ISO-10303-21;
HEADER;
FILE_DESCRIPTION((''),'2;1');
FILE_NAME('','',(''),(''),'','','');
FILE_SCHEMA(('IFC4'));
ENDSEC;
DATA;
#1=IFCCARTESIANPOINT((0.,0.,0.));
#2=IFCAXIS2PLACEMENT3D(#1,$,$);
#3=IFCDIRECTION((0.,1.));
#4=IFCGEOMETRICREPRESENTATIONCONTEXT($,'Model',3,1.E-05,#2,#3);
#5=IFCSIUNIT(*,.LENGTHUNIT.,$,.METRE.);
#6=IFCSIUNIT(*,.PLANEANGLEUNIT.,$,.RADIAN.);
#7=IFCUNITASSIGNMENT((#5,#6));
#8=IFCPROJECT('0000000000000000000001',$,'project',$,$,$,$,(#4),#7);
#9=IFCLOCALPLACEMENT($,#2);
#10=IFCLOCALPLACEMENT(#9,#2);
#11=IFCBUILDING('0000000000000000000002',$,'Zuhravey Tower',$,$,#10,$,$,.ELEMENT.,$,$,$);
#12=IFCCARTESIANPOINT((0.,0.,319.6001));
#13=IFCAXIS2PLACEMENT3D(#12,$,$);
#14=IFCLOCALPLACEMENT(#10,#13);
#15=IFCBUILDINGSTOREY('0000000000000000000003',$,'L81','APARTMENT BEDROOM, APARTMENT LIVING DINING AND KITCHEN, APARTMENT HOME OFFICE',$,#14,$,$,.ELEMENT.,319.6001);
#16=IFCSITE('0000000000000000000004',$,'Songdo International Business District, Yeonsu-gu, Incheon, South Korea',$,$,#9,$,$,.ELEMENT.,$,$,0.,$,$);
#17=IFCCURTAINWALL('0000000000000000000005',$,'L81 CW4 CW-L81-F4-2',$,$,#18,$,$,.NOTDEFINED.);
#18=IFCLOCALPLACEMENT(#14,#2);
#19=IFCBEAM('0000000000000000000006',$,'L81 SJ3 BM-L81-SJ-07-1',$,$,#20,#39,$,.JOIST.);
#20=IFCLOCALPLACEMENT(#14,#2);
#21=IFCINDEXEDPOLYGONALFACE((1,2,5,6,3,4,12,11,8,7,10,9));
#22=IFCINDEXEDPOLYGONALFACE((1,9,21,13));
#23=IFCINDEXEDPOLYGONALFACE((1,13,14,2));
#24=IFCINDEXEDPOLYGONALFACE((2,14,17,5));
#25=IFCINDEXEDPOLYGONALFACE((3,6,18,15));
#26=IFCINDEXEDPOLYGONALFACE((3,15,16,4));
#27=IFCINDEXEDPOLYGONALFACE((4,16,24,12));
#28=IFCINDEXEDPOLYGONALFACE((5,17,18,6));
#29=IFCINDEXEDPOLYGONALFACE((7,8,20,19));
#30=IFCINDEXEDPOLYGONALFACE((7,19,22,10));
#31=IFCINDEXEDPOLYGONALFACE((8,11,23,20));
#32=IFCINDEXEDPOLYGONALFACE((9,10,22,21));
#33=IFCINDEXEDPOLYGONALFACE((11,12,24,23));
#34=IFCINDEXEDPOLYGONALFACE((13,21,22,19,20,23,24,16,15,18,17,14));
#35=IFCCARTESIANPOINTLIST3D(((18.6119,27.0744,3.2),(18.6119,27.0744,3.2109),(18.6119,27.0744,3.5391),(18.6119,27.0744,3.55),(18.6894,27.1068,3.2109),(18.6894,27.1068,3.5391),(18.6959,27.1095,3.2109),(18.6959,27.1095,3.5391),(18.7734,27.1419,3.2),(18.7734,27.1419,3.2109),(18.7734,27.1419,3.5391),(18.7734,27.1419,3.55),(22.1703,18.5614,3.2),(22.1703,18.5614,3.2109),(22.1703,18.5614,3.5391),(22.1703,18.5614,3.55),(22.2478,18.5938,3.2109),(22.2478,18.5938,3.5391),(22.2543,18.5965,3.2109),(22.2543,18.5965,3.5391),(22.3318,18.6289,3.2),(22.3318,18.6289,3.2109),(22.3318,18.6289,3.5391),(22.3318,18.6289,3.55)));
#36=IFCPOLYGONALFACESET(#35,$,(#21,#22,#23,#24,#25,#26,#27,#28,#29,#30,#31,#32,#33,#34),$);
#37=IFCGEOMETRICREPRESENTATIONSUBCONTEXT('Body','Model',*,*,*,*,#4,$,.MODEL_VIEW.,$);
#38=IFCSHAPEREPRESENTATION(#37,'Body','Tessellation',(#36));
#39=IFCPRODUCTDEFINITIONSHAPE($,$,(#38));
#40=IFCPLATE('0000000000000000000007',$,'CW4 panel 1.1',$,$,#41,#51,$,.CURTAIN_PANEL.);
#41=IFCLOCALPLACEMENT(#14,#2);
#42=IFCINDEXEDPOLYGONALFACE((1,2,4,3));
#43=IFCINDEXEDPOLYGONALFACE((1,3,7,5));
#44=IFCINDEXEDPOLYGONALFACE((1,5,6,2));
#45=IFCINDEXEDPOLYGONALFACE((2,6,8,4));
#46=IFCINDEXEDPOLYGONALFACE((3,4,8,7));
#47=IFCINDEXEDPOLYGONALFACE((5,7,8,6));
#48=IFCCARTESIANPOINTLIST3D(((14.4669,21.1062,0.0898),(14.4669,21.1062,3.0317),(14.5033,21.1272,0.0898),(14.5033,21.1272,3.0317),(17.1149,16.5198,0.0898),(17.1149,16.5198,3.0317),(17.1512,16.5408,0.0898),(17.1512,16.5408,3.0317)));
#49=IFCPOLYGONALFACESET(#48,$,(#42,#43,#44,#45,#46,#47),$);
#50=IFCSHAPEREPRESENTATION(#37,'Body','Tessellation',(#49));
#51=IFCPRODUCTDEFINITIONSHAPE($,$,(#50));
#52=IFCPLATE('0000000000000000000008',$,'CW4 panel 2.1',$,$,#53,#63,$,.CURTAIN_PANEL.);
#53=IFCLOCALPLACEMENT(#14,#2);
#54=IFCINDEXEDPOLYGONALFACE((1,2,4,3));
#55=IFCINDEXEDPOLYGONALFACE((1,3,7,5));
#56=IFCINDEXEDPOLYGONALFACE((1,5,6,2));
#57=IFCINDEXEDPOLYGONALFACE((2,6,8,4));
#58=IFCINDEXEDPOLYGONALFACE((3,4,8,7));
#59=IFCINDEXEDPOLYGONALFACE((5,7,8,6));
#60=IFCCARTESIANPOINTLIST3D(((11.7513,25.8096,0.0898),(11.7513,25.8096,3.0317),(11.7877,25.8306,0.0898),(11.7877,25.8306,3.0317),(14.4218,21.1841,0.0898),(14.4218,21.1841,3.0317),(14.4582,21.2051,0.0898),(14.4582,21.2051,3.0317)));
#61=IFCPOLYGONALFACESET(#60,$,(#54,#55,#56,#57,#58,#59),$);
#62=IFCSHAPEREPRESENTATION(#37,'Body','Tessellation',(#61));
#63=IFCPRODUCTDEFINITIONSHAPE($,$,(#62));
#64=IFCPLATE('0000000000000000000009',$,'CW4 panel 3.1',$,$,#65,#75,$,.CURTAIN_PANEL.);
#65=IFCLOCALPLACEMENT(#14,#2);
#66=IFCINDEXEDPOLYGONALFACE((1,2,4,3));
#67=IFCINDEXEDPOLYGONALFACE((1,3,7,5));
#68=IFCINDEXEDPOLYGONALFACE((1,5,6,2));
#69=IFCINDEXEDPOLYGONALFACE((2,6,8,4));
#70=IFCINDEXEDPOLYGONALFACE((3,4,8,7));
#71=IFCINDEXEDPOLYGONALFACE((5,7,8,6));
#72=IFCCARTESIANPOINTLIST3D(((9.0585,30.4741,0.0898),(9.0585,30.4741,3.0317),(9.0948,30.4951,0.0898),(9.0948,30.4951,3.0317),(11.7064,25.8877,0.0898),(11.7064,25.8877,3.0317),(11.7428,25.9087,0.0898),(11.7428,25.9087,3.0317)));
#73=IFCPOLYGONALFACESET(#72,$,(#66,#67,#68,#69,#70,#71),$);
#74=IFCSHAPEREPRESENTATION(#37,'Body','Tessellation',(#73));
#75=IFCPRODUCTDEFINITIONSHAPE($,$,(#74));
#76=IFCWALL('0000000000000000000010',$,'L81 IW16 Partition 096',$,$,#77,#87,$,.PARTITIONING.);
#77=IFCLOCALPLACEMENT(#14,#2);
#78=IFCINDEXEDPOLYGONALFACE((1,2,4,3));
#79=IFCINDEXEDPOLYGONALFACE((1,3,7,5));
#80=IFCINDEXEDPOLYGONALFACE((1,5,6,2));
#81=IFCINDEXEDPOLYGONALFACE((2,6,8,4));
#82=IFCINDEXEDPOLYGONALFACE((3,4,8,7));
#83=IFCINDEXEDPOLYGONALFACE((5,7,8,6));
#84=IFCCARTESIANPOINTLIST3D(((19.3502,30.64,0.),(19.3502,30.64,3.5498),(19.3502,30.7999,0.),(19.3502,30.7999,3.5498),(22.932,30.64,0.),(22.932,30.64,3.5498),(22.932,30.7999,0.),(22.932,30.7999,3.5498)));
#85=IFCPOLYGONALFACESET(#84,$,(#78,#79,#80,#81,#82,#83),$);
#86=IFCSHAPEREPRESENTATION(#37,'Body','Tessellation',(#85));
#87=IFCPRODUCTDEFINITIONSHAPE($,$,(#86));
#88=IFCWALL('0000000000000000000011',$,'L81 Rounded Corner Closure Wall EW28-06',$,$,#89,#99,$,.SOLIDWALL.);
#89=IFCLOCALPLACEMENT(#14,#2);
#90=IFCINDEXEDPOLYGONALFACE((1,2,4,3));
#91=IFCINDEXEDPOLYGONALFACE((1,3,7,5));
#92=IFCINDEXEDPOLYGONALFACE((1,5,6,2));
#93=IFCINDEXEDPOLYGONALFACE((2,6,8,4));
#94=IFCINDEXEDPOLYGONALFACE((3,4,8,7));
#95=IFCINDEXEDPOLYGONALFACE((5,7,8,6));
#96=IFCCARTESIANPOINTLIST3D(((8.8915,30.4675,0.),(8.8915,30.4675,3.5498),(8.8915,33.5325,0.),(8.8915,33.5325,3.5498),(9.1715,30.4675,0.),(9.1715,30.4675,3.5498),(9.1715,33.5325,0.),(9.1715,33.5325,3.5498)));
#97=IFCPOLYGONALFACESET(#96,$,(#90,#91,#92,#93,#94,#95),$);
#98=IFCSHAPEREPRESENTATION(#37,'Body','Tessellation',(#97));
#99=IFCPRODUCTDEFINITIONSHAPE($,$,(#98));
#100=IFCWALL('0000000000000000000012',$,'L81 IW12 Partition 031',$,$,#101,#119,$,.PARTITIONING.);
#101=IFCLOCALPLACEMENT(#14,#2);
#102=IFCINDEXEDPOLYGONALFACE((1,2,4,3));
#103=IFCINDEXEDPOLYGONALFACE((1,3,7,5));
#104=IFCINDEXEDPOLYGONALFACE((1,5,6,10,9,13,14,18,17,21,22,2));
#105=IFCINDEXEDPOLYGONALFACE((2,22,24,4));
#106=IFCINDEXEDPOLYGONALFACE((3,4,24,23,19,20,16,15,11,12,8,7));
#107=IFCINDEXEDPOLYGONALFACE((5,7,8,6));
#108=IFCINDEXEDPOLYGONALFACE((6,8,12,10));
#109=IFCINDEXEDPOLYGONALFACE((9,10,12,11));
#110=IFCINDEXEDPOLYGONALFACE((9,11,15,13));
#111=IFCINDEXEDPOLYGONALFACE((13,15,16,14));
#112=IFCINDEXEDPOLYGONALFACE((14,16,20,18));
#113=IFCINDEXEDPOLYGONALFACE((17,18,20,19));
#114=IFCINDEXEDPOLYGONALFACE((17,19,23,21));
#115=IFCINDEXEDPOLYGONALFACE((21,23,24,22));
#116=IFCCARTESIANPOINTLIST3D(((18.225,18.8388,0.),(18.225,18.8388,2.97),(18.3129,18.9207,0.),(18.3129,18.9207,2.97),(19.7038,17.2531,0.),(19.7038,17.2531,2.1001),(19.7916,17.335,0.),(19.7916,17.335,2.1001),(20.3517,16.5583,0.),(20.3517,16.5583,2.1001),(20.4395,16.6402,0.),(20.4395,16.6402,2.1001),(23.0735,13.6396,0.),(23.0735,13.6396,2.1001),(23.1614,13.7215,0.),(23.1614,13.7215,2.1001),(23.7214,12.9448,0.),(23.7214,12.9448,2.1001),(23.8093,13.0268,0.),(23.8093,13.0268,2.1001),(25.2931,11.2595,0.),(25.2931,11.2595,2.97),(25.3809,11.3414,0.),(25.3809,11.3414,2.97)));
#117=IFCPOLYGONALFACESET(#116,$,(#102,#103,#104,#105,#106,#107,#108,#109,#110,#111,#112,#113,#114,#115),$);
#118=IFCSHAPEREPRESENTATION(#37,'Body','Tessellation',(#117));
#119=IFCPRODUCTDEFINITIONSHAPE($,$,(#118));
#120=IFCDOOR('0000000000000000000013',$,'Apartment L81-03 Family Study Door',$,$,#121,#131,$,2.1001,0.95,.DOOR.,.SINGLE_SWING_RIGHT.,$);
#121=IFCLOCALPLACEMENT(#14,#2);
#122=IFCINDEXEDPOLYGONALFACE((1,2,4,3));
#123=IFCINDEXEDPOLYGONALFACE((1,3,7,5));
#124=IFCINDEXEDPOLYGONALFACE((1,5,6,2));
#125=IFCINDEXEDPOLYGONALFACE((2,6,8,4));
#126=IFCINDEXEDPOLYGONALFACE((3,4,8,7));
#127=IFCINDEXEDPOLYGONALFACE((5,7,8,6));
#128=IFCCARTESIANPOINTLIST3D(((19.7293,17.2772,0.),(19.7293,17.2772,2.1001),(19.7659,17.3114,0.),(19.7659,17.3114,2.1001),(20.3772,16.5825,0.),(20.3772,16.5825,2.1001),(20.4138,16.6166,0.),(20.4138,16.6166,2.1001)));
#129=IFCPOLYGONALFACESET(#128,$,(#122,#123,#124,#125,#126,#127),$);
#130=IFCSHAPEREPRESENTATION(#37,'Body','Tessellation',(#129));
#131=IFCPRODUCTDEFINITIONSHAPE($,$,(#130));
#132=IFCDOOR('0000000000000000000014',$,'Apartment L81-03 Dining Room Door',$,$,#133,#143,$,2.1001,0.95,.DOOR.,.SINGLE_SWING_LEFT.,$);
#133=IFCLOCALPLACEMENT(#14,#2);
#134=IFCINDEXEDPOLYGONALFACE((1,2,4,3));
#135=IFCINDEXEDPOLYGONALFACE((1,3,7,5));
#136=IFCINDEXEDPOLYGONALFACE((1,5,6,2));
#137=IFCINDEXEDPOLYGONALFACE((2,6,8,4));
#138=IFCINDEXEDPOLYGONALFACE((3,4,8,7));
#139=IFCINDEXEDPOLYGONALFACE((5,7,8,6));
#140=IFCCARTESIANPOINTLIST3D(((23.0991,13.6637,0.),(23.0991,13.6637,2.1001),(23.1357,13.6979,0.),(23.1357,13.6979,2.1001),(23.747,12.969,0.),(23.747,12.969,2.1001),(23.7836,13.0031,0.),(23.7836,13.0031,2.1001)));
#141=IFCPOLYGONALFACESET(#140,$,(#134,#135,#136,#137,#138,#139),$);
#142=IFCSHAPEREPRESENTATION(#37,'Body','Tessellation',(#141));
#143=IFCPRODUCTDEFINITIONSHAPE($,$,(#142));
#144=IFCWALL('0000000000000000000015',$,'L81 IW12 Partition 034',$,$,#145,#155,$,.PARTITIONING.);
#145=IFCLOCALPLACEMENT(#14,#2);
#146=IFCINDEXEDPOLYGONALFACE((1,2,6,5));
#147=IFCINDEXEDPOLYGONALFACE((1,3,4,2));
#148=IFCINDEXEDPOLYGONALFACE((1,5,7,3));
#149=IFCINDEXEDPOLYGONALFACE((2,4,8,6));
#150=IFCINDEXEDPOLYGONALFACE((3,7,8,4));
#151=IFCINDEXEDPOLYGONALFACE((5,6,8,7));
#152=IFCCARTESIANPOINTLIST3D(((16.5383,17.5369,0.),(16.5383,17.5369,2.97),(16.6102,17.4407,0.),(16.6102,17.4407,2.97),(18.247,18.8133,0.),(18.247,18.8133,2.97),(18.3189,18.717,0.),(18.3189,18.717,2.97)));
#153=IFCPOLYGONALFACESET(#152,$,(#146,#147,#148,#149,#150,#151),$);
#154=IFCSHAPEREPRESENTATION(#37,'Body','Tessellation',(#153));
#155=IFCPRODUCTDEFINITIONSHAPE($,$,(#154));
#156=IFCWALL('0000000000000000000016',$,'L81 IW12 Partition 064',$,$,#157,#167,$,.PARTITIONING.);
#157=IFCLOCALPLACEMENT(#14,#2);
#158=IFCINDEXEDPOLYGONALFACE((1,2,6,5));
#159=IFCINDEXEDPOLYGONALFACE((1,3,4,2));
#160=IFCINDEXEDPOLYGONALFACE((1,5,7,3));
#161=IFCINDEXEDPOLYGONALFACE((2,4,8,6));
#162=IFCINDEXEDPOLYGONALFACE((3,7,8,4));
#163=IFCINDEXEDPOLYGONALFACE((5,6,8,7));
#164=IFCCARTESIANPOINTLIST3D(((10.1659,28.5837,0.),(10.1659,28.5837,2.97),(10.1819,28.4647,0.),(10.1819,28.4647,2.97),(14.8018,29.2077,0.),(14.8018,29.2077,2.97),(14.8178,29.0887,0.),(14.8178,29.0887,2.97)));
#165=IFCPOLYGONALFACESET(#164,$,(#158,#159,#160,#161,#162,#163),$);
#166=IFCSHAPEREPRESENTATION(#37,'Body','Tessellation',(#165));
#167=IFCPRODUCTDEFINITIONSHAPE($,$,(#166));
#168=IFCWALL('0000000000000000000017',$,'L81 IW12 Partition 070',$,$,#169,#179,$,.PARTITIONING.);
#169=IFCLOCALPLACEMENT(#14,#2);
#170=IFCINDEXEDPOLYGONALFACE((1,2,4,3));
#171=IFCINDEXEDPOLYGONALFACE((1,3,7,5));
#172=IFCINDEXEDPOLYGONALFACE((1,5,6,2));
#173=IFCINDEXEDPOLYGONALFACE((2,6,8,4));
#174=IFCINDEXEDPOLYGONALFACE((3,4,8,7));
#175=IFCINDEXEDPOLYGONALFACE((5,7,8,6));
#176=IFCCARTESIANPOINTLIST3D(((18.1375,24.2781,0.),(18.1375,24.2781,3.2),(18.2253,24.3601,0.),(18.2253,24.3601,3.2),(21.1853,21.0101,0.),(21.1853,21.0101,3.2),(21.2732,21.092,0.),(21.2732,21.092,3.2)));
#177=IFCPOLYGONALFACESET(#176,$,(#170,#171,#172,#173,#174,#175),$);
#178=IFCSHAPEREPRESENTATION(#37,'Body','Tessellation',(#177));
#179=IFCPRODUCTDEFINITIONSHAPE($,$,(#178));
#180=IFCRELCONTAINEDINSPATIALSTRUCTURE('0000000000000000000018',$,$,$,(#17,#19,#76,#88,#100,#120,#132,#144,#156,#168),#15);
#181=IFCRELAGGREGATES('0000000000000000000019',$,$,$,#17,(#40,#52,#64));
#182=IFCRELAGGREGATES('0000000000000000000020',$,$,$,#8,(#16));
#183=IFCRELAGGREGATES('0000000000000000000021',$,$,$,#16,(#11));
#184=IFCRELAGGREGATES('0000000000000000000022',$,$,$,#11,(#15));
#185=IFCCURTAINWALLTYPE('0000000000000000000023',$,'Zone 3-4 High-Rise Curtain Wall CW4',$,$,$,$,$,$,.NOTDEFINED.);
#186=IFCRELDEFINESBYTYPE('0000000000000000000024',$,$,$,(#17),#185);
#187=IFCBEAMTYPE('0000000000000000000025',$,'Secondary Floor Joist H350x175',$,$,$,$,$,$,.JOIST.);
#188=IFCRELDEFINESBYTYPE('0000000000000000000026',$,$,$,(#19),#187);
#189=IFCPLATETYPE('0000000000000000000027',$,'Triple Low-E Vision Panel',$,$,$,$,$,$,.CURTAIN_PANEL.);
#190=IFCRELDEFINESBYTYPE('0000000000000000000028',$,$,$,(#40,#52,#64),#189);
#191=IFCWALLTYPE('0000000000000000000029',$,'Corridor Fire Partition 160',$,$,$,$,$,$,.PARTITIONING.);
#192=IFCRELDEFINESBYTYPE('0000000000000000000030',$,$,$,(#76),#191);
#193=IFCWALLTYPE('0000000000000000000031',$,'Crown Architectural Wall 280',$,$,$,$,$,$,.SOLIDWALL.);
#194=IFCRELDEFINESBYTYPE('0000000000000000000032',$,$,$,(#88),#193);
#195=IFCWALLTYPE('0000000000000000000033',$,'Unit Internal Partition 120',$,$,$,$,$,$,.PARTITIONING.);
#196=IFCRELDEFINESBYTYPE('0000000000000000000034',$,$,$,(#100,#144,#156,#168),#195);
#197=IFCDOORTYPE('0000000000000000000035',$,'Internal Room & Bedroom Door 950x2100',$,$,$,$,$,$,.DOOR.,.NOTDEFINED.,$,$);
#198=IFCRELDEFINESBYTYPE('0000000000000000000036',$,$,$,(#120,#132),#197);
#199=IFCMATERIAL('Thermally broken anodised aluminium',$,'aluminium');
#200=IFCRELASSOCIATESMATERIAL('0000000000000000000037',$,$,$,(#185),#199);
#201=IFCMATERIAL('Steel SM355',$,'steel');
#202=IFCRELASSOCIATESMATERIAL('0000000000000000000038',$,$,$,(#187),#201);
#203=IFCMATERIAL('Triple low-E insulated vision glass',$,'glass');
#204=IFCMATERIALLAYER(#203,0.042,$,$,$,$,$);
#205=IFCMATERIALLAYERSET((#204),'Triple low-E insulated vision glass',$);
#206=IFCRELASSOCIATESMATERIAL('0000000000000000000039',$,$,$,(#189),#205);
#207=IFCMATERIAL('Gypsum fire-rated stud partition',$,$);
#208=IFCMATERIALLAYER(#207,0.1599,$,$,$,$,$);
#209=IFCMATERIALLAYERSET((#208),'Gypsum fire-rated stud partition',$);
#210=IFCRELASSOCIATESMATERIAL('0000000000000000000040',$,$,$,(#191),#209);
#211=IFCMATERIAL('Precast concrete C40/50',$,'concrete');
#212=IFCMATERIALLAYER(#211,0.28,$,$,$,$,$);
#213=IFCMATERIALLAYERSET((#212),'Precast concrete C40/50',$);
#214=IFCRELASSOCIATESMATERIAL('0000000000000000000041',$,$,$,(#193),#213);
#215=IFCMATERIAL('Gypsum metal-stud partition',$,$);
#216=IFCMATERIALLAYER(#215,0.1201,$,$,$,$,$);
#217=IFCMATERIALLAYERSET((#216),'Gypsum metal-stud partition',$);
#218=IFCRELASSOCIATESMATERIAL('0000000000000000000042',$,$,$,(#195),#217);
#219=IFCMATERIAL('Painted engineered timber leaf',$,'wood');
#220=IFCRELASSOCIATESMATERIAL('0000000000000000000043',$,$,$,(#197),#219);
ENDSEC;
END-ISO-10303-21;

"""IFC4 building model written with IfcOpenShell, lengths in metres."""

from ifc_helpers import new_model, si_unit, direction, frame, frame_2d, origin, origin_2d, place, context, subcontext, project, spatial, rectangle, i_section, extrude, material, layer, layer_set, material_profile, profile_set, type_object, element, fill, aggregate, save


model = new_model("IFC4")

# Units and contexts
model_context = context("Model", 3, precision=1e-05, world=origin(), true_north=direction((0.0, 1.0)))
body_context = subcontext(model_context, "Body", "Model", "MODEL_VIEW")
ifc_project = project(units=[si_unit("LENGTHUNIT", "METRE"), si_unit("PLANEANGLEUNIT", "RADIAN")], contexts=[model_context])

# Site, building, storey
site_placement = place(None, origin())
site = spatial("IfcSite", under=ifc_project, at=site_placement, Name="Songdo International Business District, Yeonsu-gu, Incheon, South Korea", CompositionType="ELEMENT", RefElevation=0.0)
building_placement = place(site_placement, origin())
building = spatial("IfcBuilding", under=site, at=building_placement, Name="Zuhravey Tower", CompositionType="ELEMENT")
storey_placement = place(building_placement, frame((0.0, 0.0, 319.6001)))
storey = spatial("IfcBuildingStorey", under=building, at=storey_placement, Name="L81", Description="APARTMENT BEDROOM, APARTMENT LIVING DINING AND KITCHEN, APARTMENT HOME OFFICE", CompositionType="ELEMENT", Elevation=319.6001)

# Curtain wall
ifc_material_1 = material(Name="Thermally broken anodised aluminium", Category="aluminium")
curtain_wall_type = type_object("IfcCurtainWallType", Name="Zone 3-4 High-Rise Curtain Wall CW4", PredefinedType="NOTDEFINED", material=ifc_material_1)
curtain_wall_placement = place(storey_placement, origin())
curtain_wall = element("IfcCurtainWall", 1, at=curtain_wall_placement, inside=storey, type_object=curtain_wall_type, Name="L81 CW4 CW-L81-F4-2", PredefinedType="NOTDEFINED")

# Beam
ifc_material_2 = material(Name="Steel SM355", Category="steel")
ifc_material_profile_1 = material_profile(ifc_material_2, i_section(OverallWidth=0.175, OverallDepth=0.3501, WebThickness=0.0071, FlangeThickness=0.011, at=origin_2d()), Name="H-350x175x7x11")
ifc_profile_set_1 = profile_set([ifc_material_profile_1], Name="Steel SM355")
beam_type_1 = type_object("IfcBeamType", Name="Secondary Floor Joist H350x175", PredefinedType="JOIST", material=ifc_profile_set_1)
beam_1_placement = place(storey_placement, frame((18.6926, 27.1082, 3.375), z_axis=(0.385658, -0.922642, 0.0), x_axis=(0.922642, 0.385658, 0.0)))
element("IfcBeam", 2, at=beam_1_placement, inside=storey, type_object=beam_type_1, Name="L81 SJ3 BM-L81-SJ-07-1", PredefinedType="JOIST", context=body_context, shape_type="SweptSolid", body=[
    extrude(i_section(OverallWidth=0.175, OverallDepth=0.3501, WebThickness=0.0071, FlangeThickness=0.011, at=origin_2d()), origin(), (0.0, 0.0, 1.0), 9.2268),
])

# Plates
ifc_material_3 = material(Name="Triple low-E insulated vision glass", Category="glass")
ifc_layer_1 = layer(ifc_material_3, 0.042)
ifc_layer_set_1 = layer_set([ifc_layer_1], Name="Triple low-E insulated vision glass")
plate_type = type_object("IfcPlateType", Name="Triple Low-E Vision Panel", PredefinedType="CURTAIN_PANEL", material=ifc_layer_set_1)
plate_1_placement = place(storey_placement, frame((15.8091, 18.8235, 0.0898), z_axis=(0.0, 0.0, 1.0), x_axis=(-0.499999, 0.866026, 0.0)))
plate_1 = element("IfcPlate", 3, at=plate_1_placement, type_object=plate_type, Name="CW4 panel 1.1", PredefinedType="CURTAIN_PANEL", context=body_context, shape_type="SweptSolid", body=[
    extrude(rectangle(XDim=5.2959, YDim=0.042, at=origin_2d()), origin(), (0.0, 0.0, 1.0), 2.9419),
])
plate_2_placement = place(storey_placement, frame((13.1047, 23.5073, 0.0898), z_axis=(0.0, 0.0, 1.0), x_axis=(-0.499999, 0.866026, 0.0)))
plate_2 = element("IfcPlate", 4, at=plate_2_placement, type_object=plate_type, Name="CW4 panel 2.1", PredefinedType="CURTAIN_PANEL", context=body_context, shape_type="SweptSolid", body=[
    extrude(rectangle(XDim=5.3411, YDim=0.042, at=origin_2d()), origin(), (0.0, 0.0, 1.0), 2.9419),
])
plate_3_placement = place(storey_placement, frame((10.4006, 28.1914, 0.0898), z_axis=(0.0, 0.0, 1.0), x_axis=(-0.499999, 0.866026, 0.0)))
plate_3 = element("IfcPlate", 5, at=plate_3_placement, type_object=plate_type, Name="CW4 panel 3.1", PredefinedType="CURTAIN_PANEL", context=body_context, shape_type="SweptSolid", body=[
    extrude(rectangle(XDim=5.2959, YDim=0.042, at=origin_2d()), origin(), (0.0, 0.0, 1.0), 2.9419),
])
aggregate(curtain_wall, [plate_1, plate_2, plate_3])

# Walls
ifc_material_4 = material(Name="Gypsum fire-rated stud partition")
ifc_layer_2 = layer(ifc_material_4, 0.1599)
ifc_layer_set_2 = layer_set([ifc_layer_2], Name="Gypsum fire-rated stud partition")
wall_type_1 = type_object("IfcWallType", Name="Corridor Fire Partition 160", PredefinedType="PARTITIONING", material=ifc_layer_set_2)
wall_1_placement = place(storey_placement, frame((19.3501, 30.72, 0.0), z_axis=(0.0, 0.0, 1.0), x_axis=(1.0, 0.0, 0.0)))
element("IfcWall", 6, at=wall_1_placement, inside=storey, type_object=wall_type_1, Name="L81 IW16 Partition 096", PredefinedType="PARTITIONING", context=body_context, shape_type="SweptSolid", body=[
    extrude(rectangle(XDim=3.5818, YDim=0.1599, at=frame_2d((1.791, 0.0))), origin(), (0.0, 0.0, 1.0), 3.5498),
])
ifc_material_5 = material(Name="Precast concrete C40/50", Category="concrete")
ifc_layer_3 = layer(ifc_material_5, 0.28)
ifc_layer_set_3 = layer_set([ifc_layer_3], Name="Precast concrete C40/50")
wall_type_2 = type_object("IfcWallType", Name="Crown Architectural Wall 280", PredefinedType="SOLIDWALL", material=ifc_layer_set_3)
wall_2_placement = place(storey_placement, frame((9.0315, 30.4675, 0.0), z_axis=(0.0, 0.0, 1.0), x_axis=(0.0, 1.0, 0.0)))
element("IfcWall", 7, at=wall_2_placement, inside=storey, type_object=wall_type_2, Name="L81 Rounded Corner Closure Wall EW28-06", PredefinedType="SOLIDWALL", context=body_context, shape_type="SweptSolid", body=[
    extrude(rectangle(XDim=3.0649, YDim=0.28, at=frame_2d((1.5325, 0.0))), origin(), (0.0, 0.0, 1.0), 3.5498),
])

# Wall, openings, doors
ifc_material_6 = material(Name="Gypsum metal-stud partition")
ifc_layer_4 = layer(ifc_material_6, 0.1201)
ifc_layer_set_4 = layer_set([ifc_layer_4], Name="Gypsum metal-stud partition")
wall_type_3 = type_object("IfcWallType", Name="Unit Internal Partition 120", PredefinedType="PARTITIONING", material=ifc_layer_set_4)
wall_3_placement = place(storey_placement, frame((18.269, 18.8796, 0.0), z_axis=(0.0, 0.0, 1.0), x_axis=(0.682012, -0.731341, 0.0)))
wall_3 = element("IfcWall", 8, at=wall_3_placement, inside=storey, type_object=wall_type_3, Name="L81 IW12 Partition 031", PredefinedType="PARTITIONING", context=body_context, shape_type="SweptSolid", body=[
    extrude(rectangle(XDim=10.3635, YDim=0.1201, at=frame_2d((5.1816, 0.0))), origin(), (0.0, 0.0, 1.0), 2.97),
])
opening_1_placement = place(wall_3_placement, frame((2.168, 0.0, 0.0)))
opening_1 = element("IfcOpeningElement", 9, at=opening_1_placement, cuts=wall_3, PredefinedType="OPENING", context=body_context, shape_type="SweptSolid", body=[
    extrude(rectangle(XDim=0.95, YDim=2.1001, at=frame_2d((0.4751, 1.05))), frame((0.0, 0.072, 0.0), z_axis=(0.0, -1.0, 0.0), x_axis=(1.0, 0.0, 0.0)), (0.0, 0.0, 1.0), 0.144),
])
opening_2_placement = place(wall_3_placement, frame((7.1089, 0.0, 0.0)))
opening_2 = element("IfcOpeningElement", 10, at=opening_2_placement, cuts=wall_3, PredefinedType="OPENING", context=body_context, shape_type="SweptSolid", body=[
    extrude(rectangle(XDim=0.95, YDim=2.1001, at=frame_2d((0.4751, 1.05))), frame((0.0, 0.072, 0.0), z_axis=(0.0, -1.0, 0.0), x_axis=(1.0, 0.0, 0.0)), (0.0, 0.0, 1.0), 0.144),
])
ifc_material_7 = material(Name="Painted engineered timber leaf", Category="wood")
door_type = type_object("IfcDoorType", Name="Internal Room & Bedroom Door 950x2100", OperationType="NOTDEFINED", PredefinedType="DOOR", material=ifc_material_7)
door_1_placement = place(opening_1_placement, frame((0.95, 0.0, 0.0), z_axis=(0.0, 0.0, 1.0), x_axis=(-1.0, 0.0, 0.0)))
door_1 = element("IfcDoor", 11, at=door_1_placement, inside=storey, type_object=door_type, Name="Apartment L81-03 Family Study Door", OperationType="SINGLE_SWING_RIGHT", OverallHeight=2.1001, OverallWidth=0.95, PredefinedType="DOOR", context=body_context, shape_type="SweptSolid", body=[
    extrude(rectangle(XDim=0.95, YDim=2.1001, at=frame_2d((0.4751, 1.05))), frame((0.0, 0.0249, 0.0), z_axis=(0.0, -1.0, 0.0), x_axis=(1.0, 0.0, 0.0)), (0.0, 0.0, 1.0), 0.05),
])
fill(opening_1, door_1)
door_2_placement = place(opening_2_placement, frame((0.95, 0.0, 0.0), z_axis=(0.0, 0.0, 1.0), x_axis=(-1.0, 0.0, 0.0)))
door_2 = element("IfcDoor", 12, at=door_2_placement, inside=storey, type_object=door_type, Name="Apartment L81-03 Dining Room Door", OperationType="SINGLE_SWING_LEFT", OverallHeight=2.1001, OverallWidth=0.95, PredefinedType="DOOR", context=body_context, shape_type="SweptSolid", body=[
    extrude(rectangle(XDim=0.95, YDim=2.1001, at=frame_2d((0.4751, 1.05))), frame((0.0, 0.0249, 0.0), z_axis=(0.0, -1.0, 0.0), x_axis=(1.0, 0.0, 0.0)), (0.0, 0.0, 1.0), 0.05),
])
fill(opening_2, door_2)

# Walls
wall_4_placement = place(storey_placement, frame((18.283, 18.7651, 0.0), z_axis=(0.0, 0.0, 1.0), x_axis=(-0.801166, -0.598442, 0.0)))
element("IfcWall", 13, at=wall_4_placement, inside=storey, type_object=wall_type_3, Name="L81 IW12 Partition 034", PredefinedType="PARTITIONING", context=body_context, shape_type="SweptSolid", body=[
    extrude(rectangle(XDim=2.1328, YDim=0.1201, at=frame_2d((1.0664, 0.0))), origin(), (0.0, 0.0, 1.0), 2.97),
])
wall_5_placement = place(storey_placement, frame((14.8098, 29.1482, 0.0), z_axis=(0.0, 0.0, 1.0), x_axis=(-0.991062, -0.133401, 0.0)))
element("IfcWall", 14, at=wall_5_placement, inside=storey, type_object=wall_type_3, Name="L81 IW12 Partition 064", PredefinedType="PARTITIONING", context=body_context, shape_type="SweptSolid", body=[
    extrude(rectangle(XDim=4.6777, YDim=0.1201, at=frame_2d((2.3389, 0.0))), origin(), (0.0, 0.0, 1.0), 2.97),
])
wall_6_placement = place(storey_placement, frame((18.1814, 24.3191, 0.0), z_axis=(0.0, 0.0, 1.0), x_axis=(0.682038, -0.731317, 0.0)))
element("IfcWall", 15, at=wall_6_placement, inside=storey, type_object=wall_type_3, Name="L81 IW12 Partition 070", PredefinedType="PARTITIONING", context=body_context, shape_type="SweptSolid", body=[
    extrude(rectangle(XDim=4.4688, YDim=0.1201, at=frame_2d((2.2344, 0.0))), origin(), (0.0, 0.0, 1.0), 3.2),
])

save(model, "model.ifc")
